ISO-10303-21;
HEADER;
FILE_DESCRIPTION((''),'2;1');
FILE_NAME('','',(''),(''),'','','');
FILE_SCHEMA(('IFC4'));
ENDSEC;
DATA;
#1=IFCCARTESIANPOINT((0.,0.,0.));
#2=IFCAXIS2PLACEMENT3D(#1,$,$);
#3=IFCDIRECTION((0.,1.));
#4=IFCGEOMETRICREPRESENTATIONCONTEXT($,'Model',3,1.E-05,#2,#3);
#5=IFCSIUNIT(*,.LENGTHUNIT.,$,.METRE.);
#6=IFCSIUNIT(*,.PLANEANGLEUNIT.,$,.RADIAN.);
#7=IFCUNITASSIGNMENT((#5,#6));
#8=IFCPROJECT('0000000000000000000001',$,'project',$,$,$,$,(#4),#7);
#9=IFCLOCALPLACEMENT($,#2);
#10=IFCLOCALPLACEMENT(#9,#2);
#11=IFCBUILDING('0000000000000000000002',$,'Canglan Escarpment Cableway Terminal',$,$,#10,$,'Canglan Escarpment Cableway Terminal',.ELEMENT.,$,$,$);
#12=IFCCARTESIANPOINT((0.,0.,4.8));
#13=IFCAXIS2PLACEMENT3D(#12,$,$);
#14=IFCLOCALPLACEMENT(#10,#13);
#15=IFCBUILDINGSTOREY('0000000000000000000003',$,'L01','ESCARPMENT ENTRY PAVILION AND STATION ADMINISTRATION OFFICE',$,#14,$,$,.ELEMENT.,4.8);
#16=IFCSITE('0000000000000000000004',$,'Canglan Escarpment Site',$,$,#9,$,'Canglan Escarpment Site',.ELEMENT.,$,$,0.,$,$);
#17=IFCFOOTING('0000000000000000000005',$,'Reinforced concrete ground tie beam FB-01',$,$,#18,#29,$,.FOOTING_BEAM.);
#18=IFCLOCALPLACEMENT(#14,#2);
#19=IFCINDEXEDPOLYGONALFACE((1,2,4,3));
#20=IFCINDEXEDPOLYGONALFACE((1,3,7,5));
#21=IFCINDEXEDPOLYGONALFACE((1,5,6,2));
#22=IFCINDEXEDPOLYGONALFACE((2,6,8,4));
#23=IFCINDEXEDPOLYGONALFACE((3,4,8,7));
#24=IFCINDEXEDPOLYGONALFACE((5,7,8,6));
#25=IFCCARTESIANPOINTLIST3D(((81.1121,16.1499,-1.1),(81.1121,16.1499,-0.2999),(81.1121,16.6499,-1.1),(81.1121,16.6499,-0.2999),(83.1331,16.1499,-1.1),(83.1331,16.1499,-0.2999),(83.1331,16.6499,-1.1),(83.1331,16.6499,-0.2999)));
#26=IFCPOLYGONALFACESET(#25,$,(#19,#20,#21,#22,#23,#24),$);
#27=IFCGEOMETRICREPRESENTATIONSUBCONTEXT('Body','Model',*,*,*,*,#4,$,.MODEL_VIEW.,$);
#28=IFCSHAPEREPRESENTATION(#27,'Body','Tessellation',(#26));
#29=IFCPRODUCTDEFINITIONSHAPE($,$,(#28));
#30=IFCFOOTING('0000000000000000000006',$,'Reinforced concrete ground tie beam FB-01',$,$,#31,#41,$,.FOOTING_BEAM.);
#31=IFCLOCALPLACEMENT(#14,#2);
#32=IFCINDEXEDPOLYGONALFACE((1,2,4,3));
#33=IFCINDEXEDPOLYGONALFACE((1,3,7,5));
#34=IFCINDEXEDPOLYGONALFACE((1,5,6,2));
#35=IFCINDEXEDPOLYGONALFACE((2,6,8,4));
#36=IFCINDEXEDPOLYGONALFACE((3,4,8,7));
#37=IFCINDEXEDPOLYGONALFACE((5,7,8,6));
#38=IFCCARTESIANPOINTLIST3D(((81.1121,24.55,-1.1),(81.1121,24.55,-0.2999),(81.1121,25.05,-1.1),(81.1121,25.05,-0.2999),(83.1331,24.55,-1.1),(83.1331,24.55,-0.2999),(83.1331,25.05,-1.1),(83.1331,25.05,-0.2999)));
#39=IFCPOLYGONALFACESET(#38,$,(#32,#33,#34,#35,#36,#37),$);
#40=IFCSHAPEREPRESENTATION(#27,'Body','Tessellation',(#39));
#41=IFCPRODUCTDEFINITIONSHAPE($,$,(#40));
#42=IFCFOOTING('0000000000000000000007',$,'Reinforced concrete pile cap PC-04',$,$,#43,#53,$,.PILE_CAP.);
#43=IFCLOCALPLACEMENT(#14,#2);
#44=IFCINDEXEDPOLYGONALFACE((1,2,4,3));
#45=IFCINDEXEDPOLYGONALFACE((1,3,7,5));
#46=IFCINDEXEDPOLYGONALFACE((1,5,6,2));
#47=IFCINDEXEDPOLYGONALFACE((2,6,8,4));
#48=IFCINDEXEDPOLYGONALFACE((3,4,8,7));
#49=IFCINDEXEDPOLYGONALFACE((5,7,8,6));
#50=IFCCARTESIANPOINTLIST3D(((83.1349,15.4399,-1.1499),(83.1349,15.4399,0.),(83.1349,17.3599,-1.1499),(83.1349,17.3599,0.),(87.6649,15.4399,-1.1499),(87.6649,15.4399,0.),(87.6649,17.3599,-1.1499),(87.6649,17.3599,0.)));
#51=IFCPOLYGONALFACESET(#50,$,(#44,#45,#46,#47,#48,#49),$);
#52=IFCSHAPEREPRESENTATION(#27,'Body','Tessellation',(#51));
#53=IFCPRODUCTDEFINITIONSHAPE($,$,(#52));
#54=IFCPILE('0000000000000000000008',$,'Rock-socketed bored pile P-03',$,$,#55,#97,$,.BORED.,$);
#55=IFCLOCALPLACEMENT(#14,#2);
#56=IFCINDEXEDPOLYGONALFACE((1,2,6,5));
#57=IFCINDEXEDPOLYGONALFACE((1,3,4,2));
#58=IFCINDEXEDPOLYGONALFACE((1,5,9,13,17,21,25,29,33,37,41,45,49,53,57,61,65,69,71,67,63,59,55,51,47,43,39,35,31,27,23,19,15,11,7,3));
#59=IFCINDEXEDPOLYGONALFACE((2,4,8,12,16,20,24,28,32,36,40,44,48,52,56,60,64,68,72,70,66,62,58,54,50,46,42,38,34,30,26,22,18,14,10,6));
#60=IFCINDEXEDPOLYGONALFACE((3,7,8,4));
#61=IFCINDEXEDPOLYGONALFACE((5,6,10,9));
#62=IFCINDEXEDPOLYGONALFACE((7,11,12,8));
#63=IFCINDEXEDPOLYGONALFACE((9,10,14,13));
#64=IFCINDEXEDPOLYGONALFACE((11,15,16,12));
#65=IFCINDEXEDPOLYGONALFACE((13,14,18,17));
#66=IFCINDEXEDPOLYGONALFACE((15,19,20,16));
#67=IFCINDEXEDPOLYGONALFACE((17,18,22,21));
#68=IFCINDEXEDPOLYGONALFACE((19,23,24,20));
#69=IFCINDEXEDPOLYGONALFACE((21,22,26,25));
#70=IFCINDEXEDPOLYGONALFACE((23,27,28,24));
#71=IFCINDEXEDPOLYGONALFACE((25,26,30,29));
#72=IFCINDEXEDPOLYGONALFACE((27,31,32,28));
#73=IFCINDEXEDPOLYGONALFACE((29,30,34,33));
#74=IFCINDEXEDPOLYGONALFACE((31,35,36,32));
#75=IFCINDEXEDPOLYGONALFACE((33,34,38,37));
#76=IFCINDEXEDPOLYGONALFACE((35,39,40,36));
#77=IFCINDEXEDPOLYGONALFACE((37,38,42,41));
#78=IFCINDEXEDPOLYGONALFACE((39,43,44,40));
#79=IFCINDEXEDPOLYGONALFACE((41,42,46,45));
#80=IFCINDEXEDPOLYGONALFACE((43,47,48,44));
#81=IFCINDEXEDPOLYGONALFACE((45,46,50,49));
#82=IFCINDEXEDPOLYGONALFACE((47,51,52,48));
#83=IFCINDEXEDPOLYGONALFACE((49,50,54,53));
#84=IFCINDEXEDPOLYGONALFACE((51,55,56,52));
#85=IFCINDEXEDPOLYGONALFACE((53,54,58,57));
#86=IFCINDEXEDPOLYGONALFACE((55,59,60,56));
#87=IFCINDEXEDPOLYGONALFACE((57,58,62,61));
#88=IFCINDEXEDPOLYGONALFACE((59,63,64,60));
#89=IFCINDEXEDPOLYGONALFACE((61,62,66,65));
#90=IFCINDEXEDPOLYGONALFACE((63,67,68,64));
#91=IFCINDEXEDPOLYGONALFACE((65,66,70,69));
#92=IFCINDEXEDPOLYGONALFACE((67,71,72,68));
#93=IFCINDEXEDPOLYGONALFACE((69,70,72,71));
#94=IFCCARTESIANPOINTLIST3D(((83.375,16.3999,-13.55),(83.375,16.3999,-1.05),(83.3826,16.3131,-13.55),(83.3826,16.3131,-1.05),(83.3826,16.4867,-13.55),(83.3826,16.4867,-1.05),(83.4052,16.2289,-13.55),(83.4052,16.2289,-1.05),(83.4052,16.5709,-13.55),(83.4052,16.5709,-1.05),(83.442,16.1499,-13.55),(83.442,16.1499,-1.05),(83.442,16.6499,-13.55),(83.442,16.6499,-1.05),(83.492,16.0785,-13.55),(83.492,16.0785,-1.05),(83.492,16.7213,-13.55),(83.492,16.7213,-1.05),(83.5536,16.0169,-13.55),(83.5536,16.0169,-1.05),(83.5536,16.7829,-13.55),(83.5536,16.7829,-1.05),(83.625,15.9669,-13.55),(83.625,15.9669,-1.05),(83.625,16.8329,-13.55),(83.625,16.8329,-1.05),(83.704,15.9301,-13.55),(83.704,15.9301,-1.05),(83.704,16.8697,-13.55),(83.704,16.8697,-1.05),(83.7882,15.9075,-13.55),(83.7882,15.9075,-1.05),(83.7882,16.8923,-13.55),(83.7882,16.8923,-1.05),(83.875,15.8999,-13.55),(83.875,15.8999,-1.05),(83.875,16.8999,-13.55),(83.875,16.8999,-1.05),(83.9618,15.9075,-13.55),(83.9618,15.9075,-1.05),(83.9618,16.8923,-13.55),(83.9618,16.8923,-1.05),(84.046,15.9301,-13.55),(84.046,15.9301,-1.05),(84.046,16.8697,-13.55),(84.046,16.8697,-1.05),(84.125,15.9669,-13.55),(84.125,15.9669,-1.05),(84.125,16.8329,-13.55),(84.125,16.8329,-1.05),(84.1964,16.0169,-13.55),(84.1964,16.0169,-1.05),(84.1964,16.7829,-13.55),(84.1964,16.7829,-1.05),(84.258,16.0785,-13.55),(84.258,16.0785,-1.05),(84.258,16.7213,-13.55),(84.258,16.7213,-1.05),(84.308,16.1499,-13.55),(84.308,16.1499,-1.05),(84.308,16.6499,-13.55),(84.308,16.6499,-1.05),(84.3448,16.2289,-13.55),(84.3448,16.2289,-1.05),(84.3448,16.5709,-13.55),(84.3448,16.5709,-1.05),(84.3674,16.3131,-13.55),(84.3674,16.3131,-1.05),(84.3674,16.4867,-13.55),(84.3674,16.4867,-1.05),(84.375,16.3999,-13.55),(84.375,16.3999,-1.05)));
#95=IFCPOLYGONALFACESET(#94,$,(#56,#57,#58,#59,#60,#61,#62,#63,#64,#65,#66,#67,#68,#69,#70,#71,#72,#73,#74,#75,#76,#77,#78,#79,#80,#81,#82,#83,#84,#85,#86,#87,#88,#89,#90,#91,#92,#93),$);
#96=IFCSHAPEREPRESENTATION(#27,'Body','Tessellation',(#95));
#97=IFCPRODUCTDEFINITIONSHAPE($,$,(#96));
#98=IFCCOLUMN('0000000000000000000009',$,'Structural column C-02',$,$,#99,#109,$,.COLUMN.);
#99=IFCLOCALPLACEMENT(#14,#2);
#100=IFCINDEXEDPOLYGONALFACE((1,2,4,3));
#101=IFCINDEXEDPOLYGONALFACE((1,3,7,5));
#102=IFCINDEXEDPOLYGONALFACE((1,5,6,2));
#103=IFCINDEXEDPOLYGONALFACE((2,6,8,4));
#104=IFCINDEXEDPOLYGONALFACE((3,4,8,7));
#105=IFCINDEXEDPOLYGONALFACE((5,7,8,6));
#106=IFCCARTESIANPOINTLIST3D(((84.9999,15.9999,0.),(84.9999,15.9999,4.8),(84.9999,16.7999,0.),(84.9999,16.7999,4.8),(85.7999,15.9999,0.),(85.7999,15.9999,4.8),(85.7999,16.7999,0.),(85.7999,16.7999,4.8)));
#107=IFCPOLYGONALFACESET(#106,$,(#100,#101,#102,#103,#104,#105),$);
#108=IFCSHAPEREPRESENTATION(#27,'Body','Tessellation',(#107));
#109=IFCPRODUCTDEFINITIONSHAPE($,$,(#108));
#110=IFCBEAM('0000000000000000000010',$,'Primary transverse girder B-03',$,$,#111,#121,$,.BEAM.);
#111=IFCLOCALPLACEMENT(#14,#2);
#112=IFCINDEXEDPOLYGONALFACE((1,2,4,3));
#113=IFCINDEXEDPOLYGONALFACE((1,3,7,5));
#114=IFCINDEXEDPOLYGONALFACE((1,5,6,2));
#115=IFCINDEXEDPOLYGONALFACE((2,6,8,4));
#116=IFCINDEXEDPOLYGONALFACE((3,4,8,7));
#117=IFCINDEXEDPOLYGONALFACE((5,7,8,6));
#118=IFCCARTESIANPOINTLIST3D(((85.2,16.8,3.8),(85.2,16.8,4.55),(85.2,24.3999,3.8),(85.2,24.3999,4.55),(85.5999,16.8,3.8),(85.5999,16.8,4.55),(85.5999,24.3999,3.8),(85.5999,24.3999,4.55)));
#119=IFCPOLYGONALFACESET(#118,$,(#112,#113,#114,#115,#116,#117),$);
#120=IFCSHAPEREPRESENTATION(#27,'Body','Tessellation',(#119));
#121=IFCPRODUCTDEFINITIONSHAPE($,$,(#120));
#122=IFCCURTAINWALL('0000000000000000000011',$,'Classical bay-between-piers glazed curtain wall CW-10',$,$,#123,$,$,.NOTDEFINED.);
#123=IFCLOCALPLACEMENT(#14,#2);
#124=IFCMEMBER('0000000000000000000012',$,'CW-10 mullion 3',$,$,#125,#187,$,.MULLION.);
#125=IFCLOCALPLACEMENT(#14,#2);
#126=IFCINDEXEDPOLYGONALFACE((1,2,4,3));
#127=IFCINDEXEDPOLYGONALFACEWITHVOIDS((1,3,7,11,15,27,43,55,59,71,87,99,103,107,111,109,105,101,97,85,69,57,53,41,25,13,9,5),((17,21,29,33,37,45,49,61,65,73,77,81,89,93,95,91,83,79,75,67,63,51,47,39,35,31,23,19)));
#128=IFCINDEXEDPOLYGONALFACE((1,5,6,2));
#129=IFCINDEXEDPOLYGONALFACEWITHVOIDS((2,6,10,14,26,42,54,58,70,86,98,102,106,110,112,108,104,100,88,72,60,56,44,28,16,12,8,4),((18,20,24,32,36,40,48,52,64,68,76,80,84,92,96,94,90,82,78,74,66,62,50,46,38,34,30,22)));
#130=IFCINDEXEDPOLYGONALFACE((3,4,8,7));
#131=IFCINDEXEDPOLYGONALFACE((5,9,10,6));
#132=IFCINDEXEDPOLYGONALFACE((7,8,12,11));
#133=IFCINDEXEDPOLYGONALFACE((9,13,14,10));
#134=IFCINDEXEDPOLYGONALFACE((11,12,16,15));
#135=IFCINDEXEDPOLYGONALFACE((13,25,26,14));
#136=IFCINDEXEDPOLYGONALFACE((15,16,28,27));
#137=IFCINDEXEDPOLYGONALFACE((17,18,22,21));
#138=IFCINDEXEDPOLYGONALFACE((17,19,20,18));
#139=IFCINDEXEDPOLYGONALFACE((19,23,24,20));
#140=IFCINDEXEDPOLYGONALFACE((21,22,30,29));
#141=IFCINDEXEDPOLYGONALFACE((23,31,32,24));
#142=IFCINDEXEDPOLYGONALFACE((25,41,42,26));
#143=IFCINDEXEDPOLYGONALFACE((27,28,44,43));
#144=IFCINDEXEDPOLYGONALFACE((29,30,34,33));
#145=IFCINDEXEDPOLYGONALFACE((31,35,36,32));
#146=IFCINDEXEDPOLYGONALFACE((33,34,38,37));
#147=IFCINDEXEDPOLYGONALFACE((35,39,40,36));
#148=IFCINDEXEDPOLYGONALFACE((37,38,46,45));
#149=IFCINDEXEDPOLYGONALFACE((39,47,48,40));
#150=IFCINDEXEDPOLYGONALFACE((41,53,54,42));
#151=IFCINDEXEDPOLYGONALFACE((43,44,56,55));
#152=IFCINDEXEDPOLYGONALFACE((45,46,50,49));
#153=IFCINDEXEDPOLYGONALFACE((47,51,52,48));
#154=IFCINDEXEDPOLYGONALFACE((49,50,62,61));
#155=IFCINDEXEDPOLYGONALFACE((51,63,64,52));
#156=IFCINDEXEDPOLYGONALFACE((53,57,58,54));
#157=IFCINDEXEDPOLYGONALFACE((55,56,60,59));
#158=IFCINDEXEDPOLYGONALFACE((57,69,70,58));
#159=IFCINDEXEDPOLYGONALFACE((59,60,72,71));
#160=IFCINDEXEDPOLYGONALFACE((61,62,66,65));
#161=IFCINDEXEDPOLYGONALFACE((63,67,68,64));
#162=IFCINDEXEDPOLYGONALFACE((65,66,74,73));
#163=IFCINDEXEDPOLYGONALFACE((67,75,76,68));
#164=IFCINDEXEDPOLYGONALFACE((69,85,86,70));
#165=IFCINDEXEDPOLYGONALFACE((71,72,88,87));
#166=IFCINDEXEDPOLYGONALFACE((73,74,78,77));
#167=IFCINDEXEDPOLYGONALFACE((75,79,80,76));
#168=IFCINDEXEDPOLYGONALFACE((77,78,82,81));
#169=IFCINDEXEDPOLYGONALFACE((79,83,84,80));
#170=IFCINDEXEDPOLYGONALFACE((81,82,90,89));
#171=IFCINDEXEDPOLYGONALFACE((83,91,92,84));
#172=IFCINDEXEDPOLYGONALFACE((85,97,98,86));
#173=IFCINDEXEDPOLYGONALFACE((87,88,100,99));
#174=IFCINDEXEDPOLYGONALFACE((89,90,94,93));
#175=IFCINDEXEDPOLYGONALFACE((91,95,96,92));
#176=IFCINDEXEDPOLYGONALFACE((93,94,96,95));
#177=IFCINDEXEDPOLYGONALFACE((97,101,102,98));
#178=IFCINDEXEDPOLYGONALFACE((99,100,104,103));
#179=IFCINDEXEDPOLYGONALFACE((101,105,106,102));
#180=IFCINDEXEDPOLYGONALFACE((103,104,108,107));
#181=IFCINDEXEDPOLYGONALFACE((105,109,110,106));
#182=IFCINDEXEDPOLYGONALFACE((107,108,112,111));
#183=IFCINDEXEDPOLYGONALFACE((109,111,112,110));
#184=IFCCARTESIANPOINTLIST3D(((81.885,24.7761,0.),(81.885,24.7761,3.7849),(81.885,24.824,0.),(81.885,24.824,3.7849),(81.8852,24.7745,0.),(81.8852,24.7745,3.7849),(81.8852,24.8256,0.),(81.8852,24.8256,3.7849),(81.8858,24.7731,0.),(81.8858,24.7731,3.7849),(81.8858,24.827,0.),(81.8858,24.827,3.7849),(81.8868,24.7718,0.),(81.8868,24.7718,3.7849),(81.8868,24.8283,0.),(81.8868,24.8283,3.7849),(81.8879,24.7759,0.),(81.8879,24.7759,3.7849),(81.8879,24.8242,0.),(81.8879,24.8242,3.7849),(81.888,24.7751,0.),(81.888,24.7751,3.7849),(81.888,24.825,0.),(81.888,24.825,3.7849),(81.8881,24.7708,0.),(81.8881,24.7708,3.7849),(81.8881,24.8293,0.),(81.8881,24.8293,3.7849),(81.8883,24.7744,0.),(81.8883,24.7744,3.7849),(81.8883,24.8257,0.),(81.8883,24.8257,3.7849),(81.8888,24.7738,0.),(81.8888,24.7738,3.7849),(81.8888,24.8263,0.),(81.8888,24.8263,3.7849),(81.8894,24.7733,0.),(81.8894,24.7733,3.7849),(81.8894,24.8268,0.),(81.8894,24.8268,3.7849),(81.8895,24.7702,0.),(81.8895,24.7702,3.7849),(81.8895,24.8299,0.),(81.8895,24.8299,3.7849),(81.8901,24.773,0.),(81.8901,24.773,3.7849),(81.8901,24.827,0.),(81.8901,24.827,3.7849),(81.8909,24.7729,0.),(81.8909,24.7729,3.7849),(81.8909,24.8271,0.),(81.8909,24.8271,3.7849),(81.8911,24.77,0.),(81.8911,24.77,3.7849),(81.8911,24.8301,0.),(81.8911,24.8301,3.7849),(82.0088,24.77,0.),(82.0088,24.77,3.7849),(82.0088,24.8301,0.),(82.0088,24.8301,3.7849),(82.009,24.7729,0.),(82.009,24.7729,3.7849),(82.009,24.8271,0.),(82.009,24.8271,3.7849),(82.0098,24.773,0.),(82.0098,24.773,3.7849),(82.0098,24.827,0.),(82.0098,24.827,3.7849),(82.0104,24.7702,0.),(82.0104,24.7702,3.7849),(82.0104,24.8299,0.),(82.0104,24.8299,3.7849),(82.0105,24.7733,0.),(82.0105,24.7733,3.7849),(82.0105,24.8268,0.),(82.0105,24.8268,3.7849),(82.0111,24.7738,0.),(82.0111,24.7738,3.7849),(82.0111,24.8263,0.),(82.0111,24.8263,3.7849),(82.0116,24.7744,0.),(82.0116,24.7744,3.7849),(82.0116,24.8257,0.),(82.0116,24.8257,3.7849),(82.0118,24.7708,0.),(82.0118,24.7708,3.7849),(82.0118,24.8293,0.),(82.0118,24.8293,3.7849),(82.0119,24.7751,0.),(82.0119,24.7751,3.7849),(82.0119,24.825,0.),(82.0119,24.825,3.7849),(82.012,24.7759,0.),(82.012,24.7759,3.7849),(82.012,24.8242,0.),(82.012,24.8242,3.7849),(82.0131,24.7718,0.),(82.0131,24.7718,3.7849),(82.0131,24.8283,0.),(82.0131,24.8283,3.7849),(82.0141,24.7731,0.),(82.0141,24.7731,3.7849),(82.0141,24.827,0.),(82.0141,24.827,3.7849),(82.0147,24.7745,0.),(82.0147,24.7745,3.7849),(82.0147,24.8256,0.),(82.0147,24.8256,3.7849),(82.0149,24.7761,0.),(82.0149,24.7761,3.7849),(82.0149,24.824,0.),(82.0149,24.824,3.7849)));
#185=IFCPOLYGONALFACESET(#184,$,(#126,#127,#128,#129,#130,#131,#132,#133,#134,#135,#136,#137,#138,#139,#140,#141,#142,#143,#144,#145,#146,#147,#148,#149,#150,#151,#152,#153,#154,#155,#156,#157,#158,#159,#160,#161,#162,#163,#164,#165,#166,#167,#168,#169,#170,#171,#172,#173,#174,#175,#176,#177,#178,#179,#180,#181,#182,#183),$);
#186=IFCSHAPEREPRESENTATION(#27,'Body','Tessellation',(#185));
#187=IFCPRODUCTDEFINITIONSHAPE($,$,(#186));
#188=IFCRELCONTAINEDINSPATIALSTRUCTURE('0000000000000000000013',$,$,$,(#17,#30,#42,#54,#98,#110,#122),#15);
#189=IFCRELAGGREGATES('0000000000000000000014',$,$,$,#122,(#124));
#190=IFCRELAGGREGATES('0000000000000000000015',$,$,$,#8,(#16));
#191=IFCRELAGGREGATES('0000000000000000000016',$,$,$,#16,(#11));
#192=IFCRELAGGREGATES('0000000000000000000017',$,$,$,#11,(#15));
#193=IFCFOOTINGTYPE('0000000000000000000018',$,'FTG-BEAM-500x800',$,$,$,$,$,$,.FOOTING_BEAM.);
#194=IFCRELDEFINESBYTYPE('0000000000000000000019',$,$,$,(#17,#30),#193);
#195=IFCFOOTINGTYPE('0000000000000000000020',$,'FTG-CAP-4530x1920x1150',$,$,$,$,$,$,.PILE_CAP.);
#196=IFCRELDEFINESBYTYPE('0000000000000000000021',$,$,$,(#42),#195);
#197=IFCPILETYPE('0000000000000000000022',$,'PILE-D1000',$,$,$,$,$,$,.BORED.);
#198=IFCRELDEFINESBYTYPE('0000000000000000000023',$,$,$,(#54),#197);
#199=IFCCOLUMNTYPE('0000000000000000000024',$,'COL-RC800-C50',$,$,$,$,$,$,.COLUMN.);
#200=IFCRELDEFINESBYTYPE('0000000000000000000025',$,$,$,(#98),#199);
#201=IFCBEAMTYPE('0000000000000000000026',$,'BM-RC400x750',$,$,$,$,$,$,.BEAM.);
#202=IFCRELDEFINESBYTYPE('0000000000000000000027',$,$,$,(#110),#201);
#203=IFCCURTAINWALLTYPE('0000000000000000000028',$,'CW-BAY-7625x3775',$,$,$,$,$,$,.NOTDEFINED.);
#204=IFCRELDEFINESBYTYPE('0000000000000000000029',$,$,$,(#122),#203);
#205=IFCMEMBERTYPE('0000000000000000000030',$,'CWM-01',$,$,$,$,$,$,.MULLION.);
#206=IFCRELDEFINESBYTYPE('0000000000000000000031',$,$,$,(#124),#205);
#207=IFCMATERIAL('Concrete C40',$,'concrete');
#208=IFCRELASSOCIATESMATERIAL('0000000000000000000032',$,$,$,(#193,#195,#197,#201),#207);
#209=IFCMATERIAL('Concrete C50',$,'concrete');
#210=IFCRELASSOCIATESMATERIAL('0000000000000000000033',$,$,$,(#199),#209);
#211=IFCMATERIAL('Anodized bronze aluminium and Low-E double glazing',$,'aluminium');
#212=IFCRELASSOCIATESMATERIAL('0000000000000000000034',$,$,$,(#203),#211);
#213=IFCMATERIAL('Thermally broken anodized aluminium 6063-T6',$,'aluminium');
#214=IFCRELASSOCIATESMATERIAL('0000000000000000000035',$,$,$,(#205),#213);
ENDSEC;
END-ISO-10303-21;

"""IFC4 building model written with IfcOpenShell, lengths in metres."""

from ifc_helpers import new_model, si_unit, direction, frame, origin, origin_2d, place, context, subcontext, project, spatial, rectangle, hollow_rectangle, circle, extrude, material, material_profile, profile_set, type_object, element, aggregate, save


model = new_model("IFC4")

# Units and contexts
model_context = context("Model", 3, precision=1e-05, world=origin(), true_north=direction((0.0, 1.0)))
body_context = subcontext(model_context, "Body", "Model", "MODEL_VIEW")
ifc_project = project(units=[si_unit("LENGTHUNIT", "METRE"), si_unit("PLANEANGLEUNIT", "RADIAN")], contexts=[model_context])

# Site, building, storey
site_placement = place(None, origin())
site = spatial("IfcSite", under=ifc_project, at=site_placement, Name="Canglan Escarpment Site", LongName="Canglan Escarpment Site", CompositionType="ELEMENT", RefElevation=0.0)
building_placement = place(site_placement, origin())
building = spatial("IfcBuilding", under=site, at=building_placement, Name="Canglan Escarpment Cableway Terminal", LongName="Canglan Escarpment Cableway Terminal", CompositionType="ELEMENT")
storey_placement = place(building_placement, frame((0.0, 0.0, 4.8)))
storey = spatial("IfcBuildingStorey", under=building, at=storey_placement, Name="L01", Description="ESCARPMENT ENTRY PAVILION AND STATION ADMINISTRATION OFFICE", CompositionType="ELEMENT", Elevation=4.8)

# Footings
ifc_material_1 = material(Name="Concrete C40", Category="concrete")
ifc_material_profile_1 = material_profile(ifc_material_1, rectangle(XDim=0.5, YDim=0.8, at=origin_2d()), Name="FB 500x800")
ifc_profile_set_1 = profile_set([ifc_material_profile_1], Name="Concrete C40")
footing_type_1 = type_object("IfcFootingType", Name="FTG-BEAM-500x800", PredefinedType="FOOTING_BEAM", material=ifc_profile_set_1)
for number, where, z_axis, x_axis, name in (
    (1, (81.1121, 16.3999, -0.7), (1.0, 0.0, 0.0), (0.0, 1.0, 0.0), "Reinforced concrete ground tie beam FB-01"),
    (2, (81.1121, 24.8, -0.7), (1.0, 0.0, 0.0), (0.0, 1.0, 0.0), "Reinforced concrete ground tie beam FB-01"),
):
    element("IfcFooting", number, at=place(storey_placement, frame(where, z_axis=z_axis, x_axis=x_axis)), inside=storey, type_object=footing_type_1, Name=name, PredefinedType="FOOTING_BEAM", context=body_context, shape_type="SweptSolid", body=[
        extrude(rectangle(XDim=0.5, YDim=0.8, at=origin_2d()), origin(), (0.0, 0.0, 1.0), 2.021),
    ])
footing_type_2 = type_object("IfcFootingType", Name="FTG-CAP-4530x1920x1150", PredefinedType="PILE_CAP", material=ifc_material_1)
footing_placement = place(storey_placement, frame((85.3999, 16.3999, -1.1499), z_axis=(0.0, 0.0, 1.0), x_axis=(1.0, 0.0, 0.0)))
element("IfcFooting", 3, at=footing_placement, inside=storey, type_object=footing_type_2, Name="Reinforced concrete pile cap PC-04", PredefinedType="PILE_CAP", context=body_context, shape_type="SweptSolid", body=[
    extrude(rectangle(XDim=4.53, YDim=1.9199, at=origin_2d()), origin(), (0.0, 0.0, 1.0), 1.1499),
])

# Pile
ifc_material_profile_2 = material_profile(ifc_material_1, circle(Radius=0.5, at=origin_2d()), Name="BORED PILE D1000")
ifc_profile_set_2 = profile_set([ifc_material_profile_2], Name="Concrete C40")
pile_type = type_object("IfcPileType", Name="PILE-D1000", PredefinedType="BORED", material=ifc_profile_set_2)
pile_placement = place(storey_placement, frame((83.875, 16.3999, -1.05), z_axis=(0.0, 0.0, -1.0), x_axis=(1.0, 0.0, 0.0)))
element("IfcPile", 4, at=pile_placement, inside=storey, type_object=pile_type, Name="Rock-socketed bored pile P-03", PredefinedType="BORED", context=body_context, shape_type="SweptSolid", body=[
    extrude(circle(Radius=0.5, at=origin_2d()), origin(), (0.0, 0.0, 1.0), 12.5),
])

# Column
ifc_material_2 = material(Name="Concrete C50", Category="concrete")
ifc_material_profile_3 = material_profile(ifc_material_2, rectangle(XDim=0.8, YDim=0.8, at=origin_2d()), Name="RC 800x800")
ifc_profile_set_3 = profile_set([ifc_material_profile_3], Name="Concrete C50")
column_type = type_object("IfcColumnType", Name="COL-RC800-C50", PredefinedType="COLUMN", material=ifc_profile_set_3)
column_placement = place(storey_placement, frame((85.3999, 16.3999, 0.0), z_axis=(0.0, 0.0, 1.0), x_axis=(1.0, 0.0, 0.0)))
element("IfcColumn", 5, at=column_placement, inside=storey, type_object=column_type, Name="Structural column C-02", PredefinedType="COLUMN", context=body_context, shape_type="SweptSolid", body=[
    extrude(rectangle(XDim=0.8, YDim=0.8, at=origin_2d()), origin(), (0.0, 0.0, 1.0), 4.8),
])

# Beam
ifc_material_profile_4 = material_profile(ifc_material_1, rectangle(XDim=0.3999, YDim=0.75, at=origin_2d()), Name="RC 400x750")
ifc_profile_set_4 = profile_set([ifc_material_profile_4], Name="Concrete C40")
beam_type = type_object("IfcBeamType", Name="BM-RC400x750", PredefinedType="BEAM", material=ifc_profile_set_4)
beam_placement = place(storey_placement, frame((85.3999, 16.8, 4.175), z_axis=(0.0, 1.0, 0.0), x_axis=(-1.0, 0.0, 0.0)))
element("IfcBeam", 6, at=beam_placement, inside=storey, type_object=beam_type, Name="Primary transverse girder B-03", PredefinedType="BEAM", context=body_context, shape_type="SweptSolid", body=[
    extrude(rectangle(XDim=0.3999, YDim=0.75, at=origin_2d()), origin(), (0.0, 0.0, 1.0), 7.5999),
])

# Curtain wall, member
ifc_material_3 = material(Name="Anodized bronze aluminium and Low-E double glazing", Category="aluminium")
curtain_wall_type = type_object("IfcCurtainWallType", Name="CW-BAY-7625x3775", PredefinedType="NOTDEFINED", material=ifc_material_3)
curtain_wall_placement = place(storey_placement, origin())
curtain_wall = element("IfcCurtainWall", 7, at=curtain_wall_placement, inside=storey, type_object=curtain_wall_type, Name="Classical bay-between-piers glazed curtain wall CW-10", PredefinedType="NOTDEFINED")
ifc_material_4 = material(Name="Thermally broken anodized aluminium 6063-T6", Category="aluminium")
ifc_material_profile_5 = material_profile(ifc_material_4, hollow_rectangle(XDim=0.0601, YDim=0.1299, WallThickness=0.0029, InnerFilletRadius=0.0029, OuterFilletRadius=0.0061, at=origin_2d()), Name="ALU-MULL 60x130x3")
ifc_profile_set_5 = profile_set([ifc_material_profile_5], Name="Thermally broken anodized aluminium 6063-T6")
member_type_1 = type_object("IfcMemberType", Name="CWM-01", PredefinedType="MULLION", material=ifc_profile_set_5)
member_1_placement = place(storey_placement, frame((81.95, 24.8, 0.0), z_axis=(0.0, 0.0, 1.0), x_axis=(0.0, -1.0, 0.0)))
member_1 = element("IfcMember", 8, at=member_1_placement, type_object=member_type_1, Name="CW-10 mullion 3", PredefinedType="MULLION", context=body_context, shape_type="SweptSolid", body=[
    extrude(hollow_rectangle(XDim=0.0601, YDim=0.1299, WallThickness=0.0029, InnerFilletRadius=0.0029, OuterFilletRadius=0.0061, at=origin_2d()), origin(), (0.0, 0.0, 1.0), 3.7849),
])
aggregate(curtain_wall, [member_1])

save(model, "model.ifc")
